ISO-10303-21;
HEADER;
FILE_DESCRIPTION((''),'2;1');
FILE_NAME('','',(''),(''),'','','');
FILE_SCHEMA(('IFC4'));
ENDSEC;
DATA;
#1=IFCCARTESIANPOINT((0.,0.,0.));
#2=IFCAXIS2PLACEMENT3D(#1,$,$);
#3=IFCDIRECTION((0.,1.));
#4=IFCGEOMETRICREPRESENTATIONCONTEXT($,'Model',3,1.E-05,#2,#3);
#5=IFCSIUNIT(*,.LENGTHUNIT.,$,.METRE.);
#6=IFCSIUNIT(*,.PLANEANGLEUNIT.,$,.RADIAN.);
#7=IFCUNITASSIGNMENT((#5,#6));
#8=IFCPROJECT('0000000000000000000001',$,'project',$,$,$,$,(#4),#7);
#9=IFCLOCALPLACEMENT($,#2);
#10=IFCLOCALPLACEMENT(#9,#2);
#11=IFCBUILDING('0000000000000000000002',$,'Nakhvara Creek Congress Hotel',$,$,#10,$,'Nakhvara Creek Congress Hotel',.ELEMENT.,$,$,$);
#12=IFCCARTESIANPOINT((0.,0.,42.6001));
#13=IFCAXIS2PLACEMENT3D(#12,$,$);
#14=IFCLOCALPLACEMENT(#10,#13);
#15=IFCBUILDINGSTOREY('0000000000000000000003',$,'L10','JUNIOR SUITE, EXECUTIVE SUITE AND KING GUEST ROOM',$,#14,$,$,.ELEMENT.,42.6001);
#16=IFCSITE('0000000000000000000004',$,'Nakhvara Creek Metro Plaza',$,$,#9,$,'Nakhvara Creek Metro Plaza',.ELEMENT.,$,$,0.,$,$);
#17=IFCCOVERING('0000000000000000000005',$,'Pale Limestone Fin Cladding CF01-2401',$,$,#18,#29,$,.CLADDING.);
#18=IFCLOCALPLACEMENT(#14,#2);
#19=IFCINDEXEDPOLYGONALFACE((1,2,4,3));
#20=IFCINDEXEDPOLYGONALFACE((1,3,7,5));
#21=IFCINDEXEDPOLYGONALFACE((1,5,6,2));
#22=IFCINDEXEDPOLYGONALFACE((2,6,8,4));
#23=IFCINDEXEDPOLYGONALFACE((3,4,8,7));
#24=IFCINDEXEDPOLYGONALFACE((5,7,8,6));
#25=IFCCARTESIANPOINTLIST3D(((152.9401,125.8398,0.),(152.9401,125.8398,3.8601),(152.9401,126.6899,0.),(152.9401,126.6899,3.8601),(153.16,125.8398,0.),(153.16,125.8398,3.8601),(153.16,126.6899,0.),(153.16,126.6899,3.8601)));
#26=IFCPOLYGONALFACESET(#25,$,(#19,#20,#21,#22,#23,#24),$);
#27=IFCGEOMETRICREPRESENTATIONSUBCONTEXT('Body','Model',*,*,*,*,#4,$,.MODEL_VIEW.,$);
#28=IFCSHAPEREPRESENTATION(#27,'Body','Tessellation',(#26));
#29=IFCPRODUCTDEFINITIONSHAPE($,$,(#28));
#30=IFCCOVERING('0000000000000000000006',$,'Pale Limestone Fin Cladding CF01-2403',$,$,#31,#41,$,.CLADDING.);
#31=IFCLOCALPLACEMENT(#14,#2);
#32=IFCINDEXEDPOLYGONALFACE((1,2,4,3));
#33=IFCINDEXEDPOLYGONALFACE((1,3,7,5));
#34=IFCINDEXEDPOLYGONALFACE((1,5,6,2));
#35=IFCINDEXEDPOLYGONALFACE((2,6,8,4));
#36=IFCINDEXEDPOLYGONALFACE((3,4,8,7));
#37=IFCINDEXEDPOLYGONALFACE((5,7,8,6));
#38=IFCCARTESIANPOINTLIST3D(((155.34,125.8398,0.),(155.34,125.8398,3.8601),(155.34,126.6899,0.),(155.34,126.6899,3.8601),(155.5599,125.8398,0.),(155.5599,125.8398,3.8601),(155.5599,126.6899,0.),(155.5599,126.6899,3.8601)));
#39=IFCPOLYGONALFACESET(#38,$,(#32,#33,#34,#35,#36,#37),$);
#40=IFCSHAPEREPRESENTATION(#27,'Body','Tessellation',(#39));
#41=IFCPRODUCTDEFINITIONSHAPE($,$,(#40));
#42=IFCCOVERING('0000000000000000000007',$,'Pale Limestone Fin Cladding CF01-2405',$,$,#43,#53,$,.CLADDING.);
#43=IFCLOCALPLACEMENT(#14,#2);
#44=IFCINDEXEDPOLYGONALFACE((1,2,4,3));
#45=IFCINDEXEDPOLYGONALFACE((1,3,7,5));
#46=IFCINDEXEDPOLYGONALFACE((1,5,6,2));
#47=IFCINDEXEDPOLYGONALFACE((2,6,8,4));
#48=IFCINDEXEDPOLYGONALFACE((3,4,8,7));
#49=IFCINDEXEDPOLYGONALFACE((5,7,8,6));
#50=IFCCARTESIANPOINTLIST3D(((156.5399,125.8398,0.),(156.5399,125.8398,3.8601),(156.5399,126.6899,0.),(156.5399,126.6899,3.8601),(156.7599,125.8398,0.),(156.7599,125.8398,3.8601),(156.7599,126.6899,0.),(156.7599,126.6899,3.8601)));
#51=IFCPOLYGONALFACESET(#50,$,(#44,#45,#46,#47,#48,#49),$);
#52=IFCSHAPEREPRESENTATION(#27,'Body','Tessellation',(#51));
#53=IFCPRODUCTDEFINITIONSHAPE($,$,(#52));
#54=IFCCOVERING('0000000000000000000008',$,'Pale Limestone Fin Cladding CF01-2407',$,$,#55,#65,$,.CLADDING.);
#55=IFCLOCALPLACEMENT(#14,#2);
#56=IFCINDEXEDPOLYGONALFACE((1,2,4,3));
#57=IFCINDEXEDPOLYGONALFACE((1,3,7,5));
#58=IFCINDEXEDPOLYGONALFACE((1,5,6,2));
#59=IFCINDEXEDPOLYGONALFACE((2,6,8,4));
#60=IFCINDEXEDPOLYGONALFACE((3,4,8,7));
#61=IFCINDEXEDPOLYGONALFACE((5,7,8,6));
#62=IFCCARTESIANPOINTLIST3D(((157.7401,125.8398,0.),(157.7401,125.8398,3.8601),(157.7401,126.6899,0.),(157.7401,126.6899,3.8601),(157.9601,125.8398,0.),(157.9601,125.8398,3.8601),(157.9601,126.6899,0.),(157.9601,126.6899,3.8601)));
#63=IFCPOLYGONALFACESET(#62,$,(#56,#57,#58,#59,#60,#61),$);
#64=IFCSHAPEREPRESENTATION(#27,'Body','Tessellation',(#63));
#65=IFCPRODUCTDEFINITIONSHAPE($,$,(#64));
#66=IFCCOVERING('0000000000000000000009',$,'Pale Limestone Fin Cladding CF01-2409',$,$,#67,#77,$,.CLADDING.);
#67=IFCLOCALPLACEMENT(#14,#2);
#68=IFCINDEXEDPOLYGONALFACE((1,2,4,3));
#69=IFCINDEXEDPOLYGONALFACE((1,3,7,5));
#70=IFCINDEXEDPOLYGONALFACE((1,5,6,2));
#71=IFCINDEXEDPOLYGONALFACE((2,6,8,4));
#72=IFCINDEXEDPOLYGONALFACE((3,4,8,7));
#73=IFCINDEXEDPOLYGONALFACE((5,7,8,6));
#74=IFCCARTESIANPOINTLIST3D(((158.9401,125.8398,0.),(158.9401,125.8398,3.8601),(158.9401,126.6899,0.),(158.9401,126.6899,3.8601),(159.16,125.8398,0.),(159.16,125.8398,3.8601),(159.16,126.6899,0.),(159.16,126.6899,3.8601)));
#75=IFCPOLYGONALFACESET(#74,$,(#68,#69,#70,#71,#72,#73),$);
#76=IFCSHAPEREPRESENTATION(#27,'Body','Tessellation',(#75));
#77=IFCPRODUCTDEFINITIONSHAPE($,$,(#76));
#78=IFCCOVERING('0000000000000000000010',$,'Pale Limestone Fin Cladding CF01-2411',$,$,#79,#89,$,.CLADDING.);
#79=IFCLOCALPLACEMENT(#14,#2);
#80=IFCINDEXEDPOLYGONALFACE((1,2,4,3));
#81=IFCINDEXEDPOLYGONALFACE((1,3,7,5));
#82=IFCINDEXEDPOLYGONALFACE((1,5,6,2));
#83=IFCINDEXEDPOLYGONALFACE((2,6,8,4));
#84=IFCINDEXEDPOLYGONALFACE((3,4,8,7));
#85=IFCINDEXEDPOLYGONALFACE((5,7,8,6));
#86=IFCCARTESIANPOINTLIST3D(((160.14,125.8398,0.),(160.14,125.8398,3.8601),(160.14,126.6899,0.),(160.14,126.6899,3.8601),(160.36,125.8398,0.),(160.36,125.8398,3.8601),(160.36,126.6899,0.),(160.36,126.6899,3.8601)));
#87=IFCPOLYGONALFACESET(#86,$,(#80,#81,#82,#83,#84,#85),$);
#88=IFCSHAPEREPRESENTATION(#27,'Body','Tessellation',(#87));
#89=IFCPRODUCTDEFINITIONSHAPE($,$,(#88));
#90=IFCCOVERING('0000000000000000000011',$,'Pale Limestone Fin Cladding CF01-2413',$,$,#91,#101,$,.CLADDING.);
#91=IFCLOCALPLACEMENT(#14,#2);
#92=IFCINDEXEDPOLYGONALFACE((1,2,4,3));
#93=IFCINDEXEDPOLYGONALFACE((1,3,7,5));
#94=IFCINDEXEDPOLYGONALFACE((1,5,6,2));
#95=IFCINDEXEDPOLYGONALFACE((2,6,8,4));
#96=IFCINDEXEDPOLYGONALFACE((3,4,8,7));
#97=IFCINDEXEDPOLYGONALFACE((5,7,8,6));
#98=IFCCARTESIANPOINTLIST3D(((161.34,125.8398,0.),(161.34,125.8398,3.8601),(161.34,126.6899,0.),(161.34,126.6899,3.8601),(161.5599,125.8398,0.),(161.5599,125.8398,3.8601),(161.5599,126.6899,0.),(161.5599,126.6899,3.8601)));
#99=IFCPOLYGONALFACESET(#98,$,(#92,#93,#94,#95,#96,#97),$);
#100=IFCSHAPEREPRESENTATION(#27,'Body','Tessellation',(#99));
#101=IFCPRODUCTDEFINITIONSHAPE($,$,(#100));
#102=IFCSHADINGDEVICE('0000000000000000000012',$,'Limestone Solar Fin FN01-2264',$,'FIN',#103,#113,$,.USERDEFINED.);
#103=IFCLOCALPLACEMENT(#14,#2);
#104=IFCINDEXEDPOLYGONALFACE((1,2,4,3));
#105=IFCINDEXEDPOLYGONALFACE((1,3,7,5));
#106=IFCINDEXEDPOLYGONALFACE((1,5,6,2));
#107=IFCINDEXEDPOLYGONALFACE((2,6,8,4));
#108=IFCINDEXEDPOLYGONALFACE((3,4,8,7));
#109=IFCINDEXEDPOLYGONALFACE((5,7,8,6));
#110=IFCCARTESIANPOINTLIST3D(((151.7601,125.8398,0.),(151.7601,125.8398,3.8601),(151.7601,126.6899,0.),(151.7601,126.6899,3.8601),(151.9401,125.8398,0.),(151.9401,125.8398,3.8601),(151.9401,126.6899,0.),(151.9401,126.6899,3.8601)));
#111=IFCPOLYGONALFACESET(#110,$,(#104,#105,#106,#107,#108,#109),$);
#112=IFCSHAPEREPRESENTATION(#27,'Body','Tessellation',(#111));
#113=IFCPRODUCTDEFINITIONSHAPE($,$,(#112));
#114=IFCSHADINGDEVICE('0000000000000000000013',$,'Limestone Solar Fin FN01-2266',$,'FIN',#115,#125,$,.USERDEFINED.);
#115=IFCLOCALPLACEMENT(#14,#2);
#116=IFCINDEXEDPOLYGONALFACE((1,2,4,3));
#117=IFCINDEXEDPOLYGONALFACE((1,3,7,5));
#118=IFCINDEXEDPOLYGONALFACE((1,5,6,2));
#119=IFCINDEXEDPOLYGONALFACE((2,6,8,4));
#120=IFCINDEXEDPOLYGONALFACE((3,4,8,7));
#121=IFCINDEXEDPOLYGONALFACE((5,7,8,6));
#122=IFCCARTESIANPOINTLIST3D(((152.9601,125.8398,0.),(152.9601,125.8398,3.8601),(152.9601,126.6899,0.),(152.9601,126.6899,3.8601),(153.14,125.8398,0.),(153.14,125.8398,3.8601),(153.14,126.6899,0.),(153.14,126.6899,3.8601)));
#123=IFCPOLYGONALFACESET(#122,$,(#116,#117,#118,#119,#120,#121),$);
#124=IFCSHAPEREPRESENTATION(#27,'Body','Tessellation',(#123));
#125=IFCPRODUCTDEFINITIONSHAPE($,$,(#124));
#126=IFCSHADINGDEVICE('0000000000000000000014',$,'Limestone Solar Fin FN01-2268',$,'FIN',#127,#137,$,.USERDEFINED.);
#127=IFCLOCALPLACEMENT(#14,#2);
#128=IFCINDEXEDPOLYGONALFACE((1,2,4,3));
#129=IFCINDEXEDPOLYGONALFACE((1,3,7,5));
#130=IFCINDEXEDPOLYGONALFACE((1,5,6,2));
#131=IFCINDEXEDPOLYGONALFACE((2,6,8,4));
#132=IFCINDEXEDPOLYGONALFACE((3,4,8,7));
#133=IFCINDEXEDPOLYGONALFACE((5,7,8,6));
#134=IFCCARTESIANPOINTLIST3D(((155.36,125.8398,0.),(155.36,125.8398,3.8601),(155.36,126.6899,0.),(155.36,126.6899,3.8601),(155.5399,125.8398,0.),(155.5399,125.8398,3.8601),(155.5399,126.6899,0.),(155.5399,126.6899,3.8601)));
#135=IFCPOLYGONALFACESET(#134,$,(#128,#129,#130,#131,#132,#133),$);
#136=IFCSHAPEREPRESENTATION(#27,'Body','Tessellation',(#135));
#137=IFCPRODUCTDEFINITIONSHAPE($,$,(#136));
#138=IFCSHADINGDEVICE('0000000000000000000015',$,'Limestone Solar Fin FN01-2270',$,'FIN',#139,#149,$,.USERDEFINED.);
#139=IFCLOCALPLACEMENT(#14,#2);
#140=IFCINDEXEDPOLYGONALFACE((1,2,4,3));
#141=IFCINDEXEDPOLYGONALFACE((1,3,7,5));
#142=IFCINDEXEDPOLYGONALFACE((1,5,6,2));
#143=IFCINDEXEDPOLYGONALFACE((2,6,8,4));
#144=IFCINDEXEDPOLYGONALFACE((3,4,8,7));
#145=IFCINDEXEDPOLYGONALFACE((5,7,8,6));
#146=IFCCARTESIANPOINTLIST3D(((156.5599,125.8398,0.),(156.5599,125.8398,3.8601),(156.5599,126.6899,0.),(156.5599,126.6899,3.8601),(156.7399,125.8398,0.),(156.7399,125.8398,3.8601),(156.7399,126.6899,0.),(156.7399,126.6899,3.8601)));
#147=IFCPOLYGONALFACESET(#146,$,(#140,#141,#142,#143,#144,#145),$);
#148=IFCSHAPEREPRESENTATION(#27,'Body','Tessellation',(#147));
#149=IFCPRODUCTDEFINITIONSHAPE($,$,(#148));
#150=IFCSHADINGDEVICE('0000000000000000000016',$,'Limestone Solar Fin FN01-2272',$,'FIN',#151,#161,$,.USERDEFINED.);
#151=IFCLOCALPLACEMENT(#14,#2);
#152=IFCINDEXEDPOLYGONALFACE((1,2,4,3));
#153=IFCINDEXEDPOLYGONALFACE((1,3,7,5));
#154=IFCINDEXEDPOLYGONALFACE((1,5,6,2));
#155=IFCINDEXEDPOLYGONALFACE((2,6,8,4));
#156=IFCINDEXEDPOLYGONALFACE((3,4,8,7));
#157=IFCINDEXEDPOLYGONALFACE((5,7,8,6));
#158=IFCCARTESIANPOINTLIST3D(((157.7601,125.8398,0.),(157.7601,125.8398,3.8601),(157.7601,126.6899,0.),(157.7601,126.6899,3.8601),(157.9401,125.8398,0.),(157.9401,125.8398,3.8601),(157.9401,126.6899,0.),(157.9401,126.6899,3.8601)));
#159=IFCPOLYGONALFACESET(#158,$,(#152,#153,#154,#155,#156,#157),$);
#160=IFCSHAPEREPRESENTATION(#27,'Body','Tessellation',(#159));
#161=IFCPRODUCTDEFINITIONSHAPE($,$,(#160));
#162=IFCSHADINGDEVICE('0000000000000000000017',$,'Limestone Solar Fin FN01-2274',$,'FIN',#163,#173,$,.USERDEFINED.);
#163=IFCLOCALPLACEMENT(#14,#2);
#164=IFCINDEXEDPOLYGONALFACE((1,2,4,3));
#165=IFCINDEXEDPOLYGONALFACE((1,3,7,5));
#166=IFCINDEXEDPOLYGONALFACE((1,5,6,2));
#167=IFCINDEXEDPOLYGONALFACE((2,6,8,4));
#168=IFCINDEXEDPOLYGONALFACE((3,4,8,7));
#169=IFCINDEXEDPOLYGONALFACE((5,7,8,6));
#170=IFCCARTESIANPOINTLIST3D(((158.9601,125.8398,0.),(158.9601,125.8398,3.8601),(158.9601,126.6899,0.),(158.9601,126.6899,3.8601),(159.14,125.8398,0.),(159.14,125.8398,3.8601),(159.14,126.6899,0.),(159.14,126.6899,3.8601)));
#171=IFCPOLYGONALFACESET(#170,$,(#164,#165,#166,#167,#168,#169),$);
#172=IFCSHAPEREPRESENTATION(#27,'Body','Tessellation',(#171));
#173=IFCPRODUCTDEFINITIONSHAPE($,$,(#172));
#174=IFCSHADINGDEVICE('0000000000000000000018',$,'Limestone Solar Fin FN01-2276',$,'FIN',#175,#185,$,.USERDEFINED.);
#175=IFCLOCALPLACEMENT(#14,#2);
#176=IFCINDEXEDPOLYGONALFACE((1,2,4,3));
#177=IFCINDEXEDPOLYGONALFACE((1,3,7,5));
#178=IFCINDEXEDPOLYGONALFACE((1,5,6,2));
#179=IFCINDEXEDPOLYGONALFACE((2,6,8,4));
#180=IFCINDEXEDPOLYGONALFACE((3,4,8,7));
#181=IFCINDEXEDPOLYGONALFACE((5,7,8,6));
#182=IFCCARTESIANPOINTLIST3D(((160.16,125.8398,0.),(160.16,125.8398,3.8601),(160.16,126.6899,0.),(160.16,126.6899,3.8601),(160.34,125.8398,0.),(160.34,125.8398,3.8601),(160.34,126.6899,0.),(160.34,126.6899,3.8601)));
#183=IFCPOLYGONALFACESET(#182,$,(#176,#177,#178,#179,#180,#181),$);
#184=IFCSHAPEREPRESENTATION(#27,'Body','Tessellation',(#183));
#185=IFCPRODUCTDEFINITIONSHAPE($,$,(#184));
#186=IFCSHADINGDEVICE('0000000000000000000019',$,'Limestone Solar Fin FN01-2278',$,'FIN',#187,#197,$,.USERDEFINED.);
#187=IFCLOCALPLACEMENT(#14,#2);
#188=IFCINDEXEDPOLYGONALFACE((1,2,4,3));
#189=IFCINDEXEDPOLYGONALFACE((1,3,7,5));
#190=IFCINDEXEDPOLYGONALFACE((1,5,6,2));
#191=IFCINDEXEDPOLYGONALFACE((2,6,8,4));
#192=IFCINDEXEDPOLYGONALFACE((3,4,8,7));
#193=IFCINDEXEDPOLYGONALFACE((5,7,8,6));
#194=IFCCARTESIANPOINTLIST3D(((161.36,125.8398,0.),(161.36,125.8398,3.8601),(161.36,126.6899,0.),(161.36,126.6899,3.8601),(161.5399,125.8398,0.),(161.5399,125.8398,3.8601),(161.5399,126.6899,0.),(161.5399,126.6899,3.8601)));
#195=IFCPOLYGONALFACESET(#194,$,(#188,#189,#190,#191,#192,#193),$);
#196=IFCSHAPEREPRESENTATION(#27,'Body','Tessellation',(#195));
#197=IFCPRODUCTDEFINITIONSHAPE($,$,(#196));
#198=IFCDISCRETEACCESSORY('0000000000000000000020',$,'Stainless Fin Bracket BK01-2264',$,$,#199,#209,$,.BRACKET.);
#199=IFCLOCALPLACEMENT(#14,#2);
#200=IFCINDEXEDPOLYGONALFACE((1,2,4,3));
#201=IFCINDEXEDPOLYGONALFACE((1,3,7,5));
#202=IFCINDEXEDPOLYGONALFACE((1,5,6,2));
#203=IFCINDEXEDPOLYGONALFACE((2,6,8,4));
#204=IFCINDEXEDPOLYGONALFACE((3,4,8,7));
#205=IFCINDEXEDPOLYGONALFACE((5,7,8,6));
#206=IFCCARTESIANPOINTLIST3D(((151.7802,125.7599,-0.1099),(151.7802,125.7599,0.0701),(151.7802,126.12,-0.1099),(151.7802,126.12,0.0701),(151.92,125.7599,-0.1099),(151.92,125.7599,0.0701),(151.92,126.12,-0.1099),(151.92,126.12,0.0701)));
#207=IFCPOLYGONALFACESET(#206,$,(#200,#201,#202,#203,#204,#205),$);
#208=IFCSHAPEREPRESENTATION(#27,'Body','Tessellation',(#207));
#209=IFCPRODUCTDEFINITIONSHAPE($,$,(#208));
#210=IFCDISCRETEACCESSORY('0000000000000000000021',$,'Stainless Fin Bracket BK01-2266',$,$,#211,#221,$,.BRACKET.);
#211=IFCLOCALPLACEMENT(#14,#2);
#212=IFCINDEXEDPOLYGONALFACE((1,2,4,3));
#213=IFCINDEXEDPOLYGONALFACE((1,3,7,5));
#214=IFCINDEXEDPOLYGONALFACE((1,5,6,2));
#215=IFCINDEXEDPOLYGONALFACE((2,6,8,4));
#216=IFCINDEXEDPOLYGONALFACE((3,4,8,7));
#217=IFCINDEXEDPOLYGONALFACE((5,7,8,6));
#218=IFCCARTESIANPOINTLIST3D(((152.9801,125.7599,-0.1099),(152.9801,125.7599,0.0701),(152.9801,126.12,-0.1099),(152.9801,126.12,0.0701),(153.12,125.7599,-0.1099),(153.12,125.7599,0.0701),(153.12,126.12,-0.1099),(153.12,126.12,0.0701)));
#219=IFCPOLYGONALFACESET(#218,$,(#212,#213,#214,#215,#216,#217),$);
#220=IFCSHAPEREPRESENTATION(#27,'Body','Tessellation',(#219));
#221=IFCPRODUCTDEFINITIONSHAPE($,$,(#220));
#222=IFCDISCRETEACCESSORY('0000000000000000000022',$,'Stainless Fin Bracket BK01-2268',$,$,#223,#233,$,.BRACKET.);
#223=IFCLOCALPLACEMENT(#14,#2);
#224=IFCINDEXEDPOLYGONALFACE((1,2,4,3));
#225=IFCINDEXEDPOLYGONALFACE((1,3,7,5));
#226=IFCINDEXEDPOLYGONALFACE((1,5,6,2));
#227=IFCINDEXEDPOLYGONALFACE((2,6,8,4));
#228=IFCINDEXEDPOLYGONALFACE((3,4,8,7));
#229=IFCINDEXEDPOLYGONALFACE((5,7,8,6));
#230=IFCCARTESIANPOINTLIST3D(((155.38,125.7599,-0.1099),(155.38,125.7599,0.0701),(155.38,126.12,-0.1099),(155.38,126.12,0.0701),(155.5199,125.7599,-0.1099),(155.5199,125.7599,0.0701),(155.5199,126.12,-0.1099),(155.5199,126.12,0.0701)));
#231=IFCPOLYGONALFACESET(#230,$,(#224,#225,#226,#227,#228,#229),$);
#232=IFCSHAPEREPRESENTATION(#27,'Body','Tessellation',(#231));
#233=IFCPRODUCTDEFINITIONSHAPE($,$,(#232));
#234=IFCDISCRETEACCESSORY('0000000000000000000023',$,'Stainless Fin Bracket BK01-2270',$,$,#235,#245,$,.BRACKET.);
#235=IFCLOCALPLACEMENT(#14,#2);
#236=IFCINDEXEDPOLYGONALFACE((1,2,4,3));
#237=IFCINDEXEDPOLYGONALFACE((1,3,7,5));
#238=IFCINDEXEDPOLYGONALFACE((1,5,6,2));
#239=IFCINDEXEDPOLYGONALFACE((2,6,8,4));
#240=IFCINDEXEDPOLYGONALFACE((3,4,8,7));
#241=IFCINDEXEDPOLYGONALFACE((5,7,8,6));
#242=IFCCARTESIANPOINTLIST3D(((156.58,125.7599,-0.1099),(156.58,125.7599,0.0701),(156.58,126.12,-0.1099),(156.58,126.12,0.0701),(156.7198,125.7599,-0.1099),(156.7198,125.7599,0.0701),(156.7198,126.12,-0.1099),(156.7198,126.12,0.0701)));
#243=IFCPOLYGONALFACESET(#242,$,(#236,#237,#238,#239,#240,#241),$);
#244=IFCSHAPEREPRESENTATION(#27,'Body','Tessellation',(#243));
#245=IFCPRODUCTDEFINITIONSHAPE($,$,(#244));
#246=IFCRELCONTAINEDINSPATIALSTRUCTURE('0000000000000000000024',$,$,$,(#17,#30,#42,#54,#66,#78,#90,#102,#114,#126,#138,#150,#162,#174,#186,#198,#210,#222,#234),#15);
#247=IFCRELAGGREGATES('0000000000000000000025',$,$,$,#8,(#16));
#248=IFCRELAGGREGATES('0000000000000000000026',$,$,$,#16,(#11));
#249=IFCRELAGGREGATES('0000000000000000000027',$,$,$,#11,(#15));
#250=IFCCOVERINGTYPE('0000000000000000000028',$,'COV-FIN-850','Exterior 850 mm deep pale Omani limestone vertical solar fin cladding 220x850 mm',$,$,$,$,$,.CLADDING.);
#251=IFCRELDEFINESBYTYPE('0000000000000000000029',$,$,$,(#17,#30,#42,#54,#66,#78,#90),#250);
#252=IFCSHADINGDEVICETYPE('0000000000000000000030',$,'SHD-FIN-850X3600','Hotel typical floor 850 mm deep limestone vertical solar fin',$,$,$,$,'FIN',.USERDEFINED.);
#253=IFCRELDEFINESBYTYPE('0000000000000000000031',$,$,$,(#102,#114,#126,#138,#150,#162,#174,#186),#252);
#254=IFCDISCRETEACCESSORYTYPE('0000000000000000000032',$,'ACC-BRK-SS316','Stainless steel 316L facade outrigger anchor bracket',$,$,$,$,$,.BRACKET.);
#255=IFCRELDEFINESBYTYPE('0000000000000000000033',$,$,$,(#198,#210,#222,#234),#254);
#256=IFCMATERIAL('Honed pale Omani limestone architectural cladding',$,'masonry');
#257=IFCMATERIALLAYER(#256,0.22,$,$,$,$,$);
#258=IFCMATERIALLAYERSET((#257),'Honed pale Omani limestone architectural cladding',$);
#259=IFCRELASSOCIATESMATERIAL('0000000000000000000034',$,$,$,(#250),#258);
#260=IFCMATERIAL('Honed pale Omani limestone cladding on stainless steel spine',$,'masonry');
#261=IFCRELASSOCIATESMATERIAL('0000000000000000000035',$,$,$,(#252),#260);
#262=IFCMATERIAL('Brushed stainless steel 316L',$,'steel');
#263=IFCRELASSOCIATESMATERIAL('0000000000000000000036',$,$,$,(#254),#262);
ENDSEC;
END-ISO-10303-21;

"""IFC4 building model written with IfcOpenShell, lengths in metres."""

from ifc_helpers import new_model, si_unit, direction, frame, origin, origin_2d, place, context, subcontext, project, spatial, rectangle, extrude, material, layer, layer_set, type_object, element, save


model = new_model("IFC4")

# Units and contexts
model_context = context("Model", 3, precision=1e-05, world=origin(), true_north=direction((0.0, 1.0)))
body_context = subcontext(model_context, "Body", "Model", "MODEL_VIEW")
ifc_project = project(units=[si_unit("LENGTHUNIT", "METRE"), si_unit("PLANEANGLEUNIT", "RADIAN")], contexts=[model_context])

# Site, building, storey
site_placement = place(None, origin())
site = spatial("IfcSite", under=ifc_project, at=site_placement, Name="Nakhvara Creek Metro Plaza", LongName="Nakhvara Creek Metro Plaza", CompositionType="ELEMENT", RefElevation=0.0)
building_placement = place(site_placement, origin())
building = spatial("IfcBuilding", under=site, at=building_placement, Name="Nakhvara Creek Congress Hotel", LongName="Nakhvara Creek Congress Hotel", CompositionType="ELEMENT")
storey_placement = place(building_placement, frame((0.0, 0.0, 42.6001)))
storey = spatial("IfcBuildingStorey", under=building, at=storey_placement, Name="L10", Description="JUNIOR SUITE, EXECUTIVE SUITE AND KING GUEST ROOM", CompositionType="ELEMENT", Elevation=42.6001)

# Coverings
ifc_material_1 = material(Name="Honed pale Omani limestone architectural cladding", Category="masonry")
ifc_layer_1 = layer(ifc_material_1, 0.22)
ifc_layer_set_1 = layer_set([ifc_layer_1], Name="Honed pale Omani limestone architectural cladding")
covering_type = type_object("IfcCoveringType", Name="COV-FIN-850", Description="Exterior 850 mm deep pale Omani limestone vertical solar fin cladding 220x850 mm", PredefinedType="CLADDING", material=ifc_layer_set_1)
for number, where, z_axis, x_axis, name in (
    (1, (153.05, 126.2649, 0.0), (0.0, 0.0, 1.0), (1.0, 0.0, 0.0), "Pale Limestone Fin Cladding CF01-2401"),
    (2, (155.45, 126.2649, 0.0), (0.0, 0.0, 1.0), (1.0, 0.0, 0.0), "Pale Limestone Fin Cladding CF01-2403"),
    (3, (156.6499, 126.2649, 0.0), (0.0, 0.0, 1.0), (1.0, 0.0, 0.0), "Pale Limestone Fin Cladding CF01-2405"),
    (4, (157.8501, 126.2649, 0.0), (0.0, 0.0, 1.0), (1.0, 0.0, 0.0), "Pale Limestone Fin Cladding CF01-2407"),
    (5, (159.05, 126.2649, 0.0), (0.0, 0.0, 1.0), (1.0, 0.0, 0.0), "Pale Limestone Fin Cladding CF01-2409"),
    (6, (160.25, 126.2649, 0.0), (0.0, 0.0, 1.0), (1.0, 0.0, 0.0), "Pale Limestone Fin Cladding CF01-2411"),
    (7, (161.45, 126.2649, 0.0), (0.0, 0.0, 1.0), (1.0, 0.0, 0.0), "Pale Limestone Fin Cladding CF01-2413"),
):
    element("IfcCovering", number, at=place(storey_placement, frame(where, z_axis=z_axis, x_axis=x_axis)), inside=storey, type_object=covering_type, Name=name, PredefinedType="CLADDING", context=body_context, shape_type="SweptSolid", body=[
        extrude(rectangle(XDim=0.22, YDim=0.8501, at=origin_2d()), origin(), (0.0, 0.0, 1.0), 3.8601),
    ])

# Shading devices
ifc_material_2 = material(Name="Honed pale Omani limestone cladding on stainless steel spine", Category="masonry")
shading_device_type = type_object("IfcShadingDeviceType", Name="SHD-FIN-850X3600", Description="Hotel typical floor 850 mm deep limestone vertical solar fin", ElementType="FIN", PredefinedType="USERDEFINED", material=ifc_material_2)
for number, where, z_axis, x_axis, name in (
    (8, (151.8501, 126.2649, 0.0), (0.0, 0.0, 1.0), (1.0, 0.0, 0.0), "Limestone Solar Fin FN01-2264"),
    (9, (153.05, 126.2649, 0.0), (0.0, 0.0, 1.0), (1.0, 0.0, 0.0), "Limestone Solar Fin FN01-2266"),
    (10, (155.45, 126.2649, 0.0), (0.0, 0.0, 1.0), (1.0, 0.0, 0.0), "Limestone Solar Fin FN01-2268"),
    (11, (156.6499, 126.2649, 0.0), (0.0, 0.0, 1.0), (1.0, 0.0, 0.0), "Limestone Solar Fin FN01-2270"),
    (12, (157.8501, 126.2649, 0.0), (0.0, 0.0, 1.0), (1.0, 0.0, 0.0), "Limestone Solar Fin FN01-2272"),
    (13, (159.05, 126.2649, 0.0), (0.0, 0.0, 1.0), (1.0, 0.0, 0.0), "Limestone Solar Fin FN01-2274"),
    (14, (160.25, 126.2649, 0.0), (0.0, 0.0, 1.0), (1.0, 0.0, 0.0), "Limestone Solar Fin FN01-2276"),
    (15, (161.45, 126.2649, 0.0), (0.0, 0.0, 1.0), (1.0, 0.0, 0.0), "Limestone Solar Fin FN01-2278"),
):
    element("IfcShadingDevice", number, at=place(storey_placement, frame(where, z_axis=z_axis, x_axis=x_axis)), inside=storey, type_object=shading_device_type, Name=name, ObjectType="FIN", PredefinedType="USERDEFINED", context=body_context, shape_type="SweptSolid", body=[
        extrude(rectangle(XDim=0.1799, YDim=0.8501, at=origin_2d()), origin(), (0.0, 0.0, 1.0), 3.8601),
    ])

# Discrete accessories
ifc_material_3 = material(Name="Brushed stainless steel 316L", Category="steel")
discrete_accessory_type = type_object("IfcDiscreteAccessoryType", Name="ACC-BRK-SS316", Description="Stainless steel 316L facade outrigger anchor bracket", PredefinedType="BRACKET", material=ifc_material_3)
for number, where, z_axis, x_axis, name in (
    (16, (151.8501, 125.9399, -0.1099), (0.0, 0.0, 1.0), (1.0, 0.0, 0.0), "Stainless Fin Bracket BK01-2264"),
    (17, (153.05, 125.9399, -0.1099), (0.0, 0.0, 1.0), (1.0, 0.0, 0.0), "Stainless Fin Bracket BK01-2266"),
    (18, (155.45, 125.9399, -0.1099), (0.0, 0.0, 1.0), (1.0, 0.0, 0.0), "Stainless Fin Bracket BK01-2268"),
    (19, (156.6499, 125.9399, -0.1099), (0.0, 0.0, 1.0), (1.0, 0.0, 0.0), "Stainless Fin Bracket BK01-2270"),
):
    element("IfcDiscreteAccessory", number, at=place(storey_placement, frame(where, z_axis=z_axis, x_axis=x_axis)), inside=storey, type_object=discrete_accessory_type, Name=name, PredefinedType="BRACKET", context=body_context, shape_type="SweptSolid", body=[
        extrude(rectangle(XDim=0.1399, YDim=0.3601, at=origin_2d()), origin(), (0.0, 0.0, 1.0), 0.1799),
    ])

save(model, "model.ifc")
